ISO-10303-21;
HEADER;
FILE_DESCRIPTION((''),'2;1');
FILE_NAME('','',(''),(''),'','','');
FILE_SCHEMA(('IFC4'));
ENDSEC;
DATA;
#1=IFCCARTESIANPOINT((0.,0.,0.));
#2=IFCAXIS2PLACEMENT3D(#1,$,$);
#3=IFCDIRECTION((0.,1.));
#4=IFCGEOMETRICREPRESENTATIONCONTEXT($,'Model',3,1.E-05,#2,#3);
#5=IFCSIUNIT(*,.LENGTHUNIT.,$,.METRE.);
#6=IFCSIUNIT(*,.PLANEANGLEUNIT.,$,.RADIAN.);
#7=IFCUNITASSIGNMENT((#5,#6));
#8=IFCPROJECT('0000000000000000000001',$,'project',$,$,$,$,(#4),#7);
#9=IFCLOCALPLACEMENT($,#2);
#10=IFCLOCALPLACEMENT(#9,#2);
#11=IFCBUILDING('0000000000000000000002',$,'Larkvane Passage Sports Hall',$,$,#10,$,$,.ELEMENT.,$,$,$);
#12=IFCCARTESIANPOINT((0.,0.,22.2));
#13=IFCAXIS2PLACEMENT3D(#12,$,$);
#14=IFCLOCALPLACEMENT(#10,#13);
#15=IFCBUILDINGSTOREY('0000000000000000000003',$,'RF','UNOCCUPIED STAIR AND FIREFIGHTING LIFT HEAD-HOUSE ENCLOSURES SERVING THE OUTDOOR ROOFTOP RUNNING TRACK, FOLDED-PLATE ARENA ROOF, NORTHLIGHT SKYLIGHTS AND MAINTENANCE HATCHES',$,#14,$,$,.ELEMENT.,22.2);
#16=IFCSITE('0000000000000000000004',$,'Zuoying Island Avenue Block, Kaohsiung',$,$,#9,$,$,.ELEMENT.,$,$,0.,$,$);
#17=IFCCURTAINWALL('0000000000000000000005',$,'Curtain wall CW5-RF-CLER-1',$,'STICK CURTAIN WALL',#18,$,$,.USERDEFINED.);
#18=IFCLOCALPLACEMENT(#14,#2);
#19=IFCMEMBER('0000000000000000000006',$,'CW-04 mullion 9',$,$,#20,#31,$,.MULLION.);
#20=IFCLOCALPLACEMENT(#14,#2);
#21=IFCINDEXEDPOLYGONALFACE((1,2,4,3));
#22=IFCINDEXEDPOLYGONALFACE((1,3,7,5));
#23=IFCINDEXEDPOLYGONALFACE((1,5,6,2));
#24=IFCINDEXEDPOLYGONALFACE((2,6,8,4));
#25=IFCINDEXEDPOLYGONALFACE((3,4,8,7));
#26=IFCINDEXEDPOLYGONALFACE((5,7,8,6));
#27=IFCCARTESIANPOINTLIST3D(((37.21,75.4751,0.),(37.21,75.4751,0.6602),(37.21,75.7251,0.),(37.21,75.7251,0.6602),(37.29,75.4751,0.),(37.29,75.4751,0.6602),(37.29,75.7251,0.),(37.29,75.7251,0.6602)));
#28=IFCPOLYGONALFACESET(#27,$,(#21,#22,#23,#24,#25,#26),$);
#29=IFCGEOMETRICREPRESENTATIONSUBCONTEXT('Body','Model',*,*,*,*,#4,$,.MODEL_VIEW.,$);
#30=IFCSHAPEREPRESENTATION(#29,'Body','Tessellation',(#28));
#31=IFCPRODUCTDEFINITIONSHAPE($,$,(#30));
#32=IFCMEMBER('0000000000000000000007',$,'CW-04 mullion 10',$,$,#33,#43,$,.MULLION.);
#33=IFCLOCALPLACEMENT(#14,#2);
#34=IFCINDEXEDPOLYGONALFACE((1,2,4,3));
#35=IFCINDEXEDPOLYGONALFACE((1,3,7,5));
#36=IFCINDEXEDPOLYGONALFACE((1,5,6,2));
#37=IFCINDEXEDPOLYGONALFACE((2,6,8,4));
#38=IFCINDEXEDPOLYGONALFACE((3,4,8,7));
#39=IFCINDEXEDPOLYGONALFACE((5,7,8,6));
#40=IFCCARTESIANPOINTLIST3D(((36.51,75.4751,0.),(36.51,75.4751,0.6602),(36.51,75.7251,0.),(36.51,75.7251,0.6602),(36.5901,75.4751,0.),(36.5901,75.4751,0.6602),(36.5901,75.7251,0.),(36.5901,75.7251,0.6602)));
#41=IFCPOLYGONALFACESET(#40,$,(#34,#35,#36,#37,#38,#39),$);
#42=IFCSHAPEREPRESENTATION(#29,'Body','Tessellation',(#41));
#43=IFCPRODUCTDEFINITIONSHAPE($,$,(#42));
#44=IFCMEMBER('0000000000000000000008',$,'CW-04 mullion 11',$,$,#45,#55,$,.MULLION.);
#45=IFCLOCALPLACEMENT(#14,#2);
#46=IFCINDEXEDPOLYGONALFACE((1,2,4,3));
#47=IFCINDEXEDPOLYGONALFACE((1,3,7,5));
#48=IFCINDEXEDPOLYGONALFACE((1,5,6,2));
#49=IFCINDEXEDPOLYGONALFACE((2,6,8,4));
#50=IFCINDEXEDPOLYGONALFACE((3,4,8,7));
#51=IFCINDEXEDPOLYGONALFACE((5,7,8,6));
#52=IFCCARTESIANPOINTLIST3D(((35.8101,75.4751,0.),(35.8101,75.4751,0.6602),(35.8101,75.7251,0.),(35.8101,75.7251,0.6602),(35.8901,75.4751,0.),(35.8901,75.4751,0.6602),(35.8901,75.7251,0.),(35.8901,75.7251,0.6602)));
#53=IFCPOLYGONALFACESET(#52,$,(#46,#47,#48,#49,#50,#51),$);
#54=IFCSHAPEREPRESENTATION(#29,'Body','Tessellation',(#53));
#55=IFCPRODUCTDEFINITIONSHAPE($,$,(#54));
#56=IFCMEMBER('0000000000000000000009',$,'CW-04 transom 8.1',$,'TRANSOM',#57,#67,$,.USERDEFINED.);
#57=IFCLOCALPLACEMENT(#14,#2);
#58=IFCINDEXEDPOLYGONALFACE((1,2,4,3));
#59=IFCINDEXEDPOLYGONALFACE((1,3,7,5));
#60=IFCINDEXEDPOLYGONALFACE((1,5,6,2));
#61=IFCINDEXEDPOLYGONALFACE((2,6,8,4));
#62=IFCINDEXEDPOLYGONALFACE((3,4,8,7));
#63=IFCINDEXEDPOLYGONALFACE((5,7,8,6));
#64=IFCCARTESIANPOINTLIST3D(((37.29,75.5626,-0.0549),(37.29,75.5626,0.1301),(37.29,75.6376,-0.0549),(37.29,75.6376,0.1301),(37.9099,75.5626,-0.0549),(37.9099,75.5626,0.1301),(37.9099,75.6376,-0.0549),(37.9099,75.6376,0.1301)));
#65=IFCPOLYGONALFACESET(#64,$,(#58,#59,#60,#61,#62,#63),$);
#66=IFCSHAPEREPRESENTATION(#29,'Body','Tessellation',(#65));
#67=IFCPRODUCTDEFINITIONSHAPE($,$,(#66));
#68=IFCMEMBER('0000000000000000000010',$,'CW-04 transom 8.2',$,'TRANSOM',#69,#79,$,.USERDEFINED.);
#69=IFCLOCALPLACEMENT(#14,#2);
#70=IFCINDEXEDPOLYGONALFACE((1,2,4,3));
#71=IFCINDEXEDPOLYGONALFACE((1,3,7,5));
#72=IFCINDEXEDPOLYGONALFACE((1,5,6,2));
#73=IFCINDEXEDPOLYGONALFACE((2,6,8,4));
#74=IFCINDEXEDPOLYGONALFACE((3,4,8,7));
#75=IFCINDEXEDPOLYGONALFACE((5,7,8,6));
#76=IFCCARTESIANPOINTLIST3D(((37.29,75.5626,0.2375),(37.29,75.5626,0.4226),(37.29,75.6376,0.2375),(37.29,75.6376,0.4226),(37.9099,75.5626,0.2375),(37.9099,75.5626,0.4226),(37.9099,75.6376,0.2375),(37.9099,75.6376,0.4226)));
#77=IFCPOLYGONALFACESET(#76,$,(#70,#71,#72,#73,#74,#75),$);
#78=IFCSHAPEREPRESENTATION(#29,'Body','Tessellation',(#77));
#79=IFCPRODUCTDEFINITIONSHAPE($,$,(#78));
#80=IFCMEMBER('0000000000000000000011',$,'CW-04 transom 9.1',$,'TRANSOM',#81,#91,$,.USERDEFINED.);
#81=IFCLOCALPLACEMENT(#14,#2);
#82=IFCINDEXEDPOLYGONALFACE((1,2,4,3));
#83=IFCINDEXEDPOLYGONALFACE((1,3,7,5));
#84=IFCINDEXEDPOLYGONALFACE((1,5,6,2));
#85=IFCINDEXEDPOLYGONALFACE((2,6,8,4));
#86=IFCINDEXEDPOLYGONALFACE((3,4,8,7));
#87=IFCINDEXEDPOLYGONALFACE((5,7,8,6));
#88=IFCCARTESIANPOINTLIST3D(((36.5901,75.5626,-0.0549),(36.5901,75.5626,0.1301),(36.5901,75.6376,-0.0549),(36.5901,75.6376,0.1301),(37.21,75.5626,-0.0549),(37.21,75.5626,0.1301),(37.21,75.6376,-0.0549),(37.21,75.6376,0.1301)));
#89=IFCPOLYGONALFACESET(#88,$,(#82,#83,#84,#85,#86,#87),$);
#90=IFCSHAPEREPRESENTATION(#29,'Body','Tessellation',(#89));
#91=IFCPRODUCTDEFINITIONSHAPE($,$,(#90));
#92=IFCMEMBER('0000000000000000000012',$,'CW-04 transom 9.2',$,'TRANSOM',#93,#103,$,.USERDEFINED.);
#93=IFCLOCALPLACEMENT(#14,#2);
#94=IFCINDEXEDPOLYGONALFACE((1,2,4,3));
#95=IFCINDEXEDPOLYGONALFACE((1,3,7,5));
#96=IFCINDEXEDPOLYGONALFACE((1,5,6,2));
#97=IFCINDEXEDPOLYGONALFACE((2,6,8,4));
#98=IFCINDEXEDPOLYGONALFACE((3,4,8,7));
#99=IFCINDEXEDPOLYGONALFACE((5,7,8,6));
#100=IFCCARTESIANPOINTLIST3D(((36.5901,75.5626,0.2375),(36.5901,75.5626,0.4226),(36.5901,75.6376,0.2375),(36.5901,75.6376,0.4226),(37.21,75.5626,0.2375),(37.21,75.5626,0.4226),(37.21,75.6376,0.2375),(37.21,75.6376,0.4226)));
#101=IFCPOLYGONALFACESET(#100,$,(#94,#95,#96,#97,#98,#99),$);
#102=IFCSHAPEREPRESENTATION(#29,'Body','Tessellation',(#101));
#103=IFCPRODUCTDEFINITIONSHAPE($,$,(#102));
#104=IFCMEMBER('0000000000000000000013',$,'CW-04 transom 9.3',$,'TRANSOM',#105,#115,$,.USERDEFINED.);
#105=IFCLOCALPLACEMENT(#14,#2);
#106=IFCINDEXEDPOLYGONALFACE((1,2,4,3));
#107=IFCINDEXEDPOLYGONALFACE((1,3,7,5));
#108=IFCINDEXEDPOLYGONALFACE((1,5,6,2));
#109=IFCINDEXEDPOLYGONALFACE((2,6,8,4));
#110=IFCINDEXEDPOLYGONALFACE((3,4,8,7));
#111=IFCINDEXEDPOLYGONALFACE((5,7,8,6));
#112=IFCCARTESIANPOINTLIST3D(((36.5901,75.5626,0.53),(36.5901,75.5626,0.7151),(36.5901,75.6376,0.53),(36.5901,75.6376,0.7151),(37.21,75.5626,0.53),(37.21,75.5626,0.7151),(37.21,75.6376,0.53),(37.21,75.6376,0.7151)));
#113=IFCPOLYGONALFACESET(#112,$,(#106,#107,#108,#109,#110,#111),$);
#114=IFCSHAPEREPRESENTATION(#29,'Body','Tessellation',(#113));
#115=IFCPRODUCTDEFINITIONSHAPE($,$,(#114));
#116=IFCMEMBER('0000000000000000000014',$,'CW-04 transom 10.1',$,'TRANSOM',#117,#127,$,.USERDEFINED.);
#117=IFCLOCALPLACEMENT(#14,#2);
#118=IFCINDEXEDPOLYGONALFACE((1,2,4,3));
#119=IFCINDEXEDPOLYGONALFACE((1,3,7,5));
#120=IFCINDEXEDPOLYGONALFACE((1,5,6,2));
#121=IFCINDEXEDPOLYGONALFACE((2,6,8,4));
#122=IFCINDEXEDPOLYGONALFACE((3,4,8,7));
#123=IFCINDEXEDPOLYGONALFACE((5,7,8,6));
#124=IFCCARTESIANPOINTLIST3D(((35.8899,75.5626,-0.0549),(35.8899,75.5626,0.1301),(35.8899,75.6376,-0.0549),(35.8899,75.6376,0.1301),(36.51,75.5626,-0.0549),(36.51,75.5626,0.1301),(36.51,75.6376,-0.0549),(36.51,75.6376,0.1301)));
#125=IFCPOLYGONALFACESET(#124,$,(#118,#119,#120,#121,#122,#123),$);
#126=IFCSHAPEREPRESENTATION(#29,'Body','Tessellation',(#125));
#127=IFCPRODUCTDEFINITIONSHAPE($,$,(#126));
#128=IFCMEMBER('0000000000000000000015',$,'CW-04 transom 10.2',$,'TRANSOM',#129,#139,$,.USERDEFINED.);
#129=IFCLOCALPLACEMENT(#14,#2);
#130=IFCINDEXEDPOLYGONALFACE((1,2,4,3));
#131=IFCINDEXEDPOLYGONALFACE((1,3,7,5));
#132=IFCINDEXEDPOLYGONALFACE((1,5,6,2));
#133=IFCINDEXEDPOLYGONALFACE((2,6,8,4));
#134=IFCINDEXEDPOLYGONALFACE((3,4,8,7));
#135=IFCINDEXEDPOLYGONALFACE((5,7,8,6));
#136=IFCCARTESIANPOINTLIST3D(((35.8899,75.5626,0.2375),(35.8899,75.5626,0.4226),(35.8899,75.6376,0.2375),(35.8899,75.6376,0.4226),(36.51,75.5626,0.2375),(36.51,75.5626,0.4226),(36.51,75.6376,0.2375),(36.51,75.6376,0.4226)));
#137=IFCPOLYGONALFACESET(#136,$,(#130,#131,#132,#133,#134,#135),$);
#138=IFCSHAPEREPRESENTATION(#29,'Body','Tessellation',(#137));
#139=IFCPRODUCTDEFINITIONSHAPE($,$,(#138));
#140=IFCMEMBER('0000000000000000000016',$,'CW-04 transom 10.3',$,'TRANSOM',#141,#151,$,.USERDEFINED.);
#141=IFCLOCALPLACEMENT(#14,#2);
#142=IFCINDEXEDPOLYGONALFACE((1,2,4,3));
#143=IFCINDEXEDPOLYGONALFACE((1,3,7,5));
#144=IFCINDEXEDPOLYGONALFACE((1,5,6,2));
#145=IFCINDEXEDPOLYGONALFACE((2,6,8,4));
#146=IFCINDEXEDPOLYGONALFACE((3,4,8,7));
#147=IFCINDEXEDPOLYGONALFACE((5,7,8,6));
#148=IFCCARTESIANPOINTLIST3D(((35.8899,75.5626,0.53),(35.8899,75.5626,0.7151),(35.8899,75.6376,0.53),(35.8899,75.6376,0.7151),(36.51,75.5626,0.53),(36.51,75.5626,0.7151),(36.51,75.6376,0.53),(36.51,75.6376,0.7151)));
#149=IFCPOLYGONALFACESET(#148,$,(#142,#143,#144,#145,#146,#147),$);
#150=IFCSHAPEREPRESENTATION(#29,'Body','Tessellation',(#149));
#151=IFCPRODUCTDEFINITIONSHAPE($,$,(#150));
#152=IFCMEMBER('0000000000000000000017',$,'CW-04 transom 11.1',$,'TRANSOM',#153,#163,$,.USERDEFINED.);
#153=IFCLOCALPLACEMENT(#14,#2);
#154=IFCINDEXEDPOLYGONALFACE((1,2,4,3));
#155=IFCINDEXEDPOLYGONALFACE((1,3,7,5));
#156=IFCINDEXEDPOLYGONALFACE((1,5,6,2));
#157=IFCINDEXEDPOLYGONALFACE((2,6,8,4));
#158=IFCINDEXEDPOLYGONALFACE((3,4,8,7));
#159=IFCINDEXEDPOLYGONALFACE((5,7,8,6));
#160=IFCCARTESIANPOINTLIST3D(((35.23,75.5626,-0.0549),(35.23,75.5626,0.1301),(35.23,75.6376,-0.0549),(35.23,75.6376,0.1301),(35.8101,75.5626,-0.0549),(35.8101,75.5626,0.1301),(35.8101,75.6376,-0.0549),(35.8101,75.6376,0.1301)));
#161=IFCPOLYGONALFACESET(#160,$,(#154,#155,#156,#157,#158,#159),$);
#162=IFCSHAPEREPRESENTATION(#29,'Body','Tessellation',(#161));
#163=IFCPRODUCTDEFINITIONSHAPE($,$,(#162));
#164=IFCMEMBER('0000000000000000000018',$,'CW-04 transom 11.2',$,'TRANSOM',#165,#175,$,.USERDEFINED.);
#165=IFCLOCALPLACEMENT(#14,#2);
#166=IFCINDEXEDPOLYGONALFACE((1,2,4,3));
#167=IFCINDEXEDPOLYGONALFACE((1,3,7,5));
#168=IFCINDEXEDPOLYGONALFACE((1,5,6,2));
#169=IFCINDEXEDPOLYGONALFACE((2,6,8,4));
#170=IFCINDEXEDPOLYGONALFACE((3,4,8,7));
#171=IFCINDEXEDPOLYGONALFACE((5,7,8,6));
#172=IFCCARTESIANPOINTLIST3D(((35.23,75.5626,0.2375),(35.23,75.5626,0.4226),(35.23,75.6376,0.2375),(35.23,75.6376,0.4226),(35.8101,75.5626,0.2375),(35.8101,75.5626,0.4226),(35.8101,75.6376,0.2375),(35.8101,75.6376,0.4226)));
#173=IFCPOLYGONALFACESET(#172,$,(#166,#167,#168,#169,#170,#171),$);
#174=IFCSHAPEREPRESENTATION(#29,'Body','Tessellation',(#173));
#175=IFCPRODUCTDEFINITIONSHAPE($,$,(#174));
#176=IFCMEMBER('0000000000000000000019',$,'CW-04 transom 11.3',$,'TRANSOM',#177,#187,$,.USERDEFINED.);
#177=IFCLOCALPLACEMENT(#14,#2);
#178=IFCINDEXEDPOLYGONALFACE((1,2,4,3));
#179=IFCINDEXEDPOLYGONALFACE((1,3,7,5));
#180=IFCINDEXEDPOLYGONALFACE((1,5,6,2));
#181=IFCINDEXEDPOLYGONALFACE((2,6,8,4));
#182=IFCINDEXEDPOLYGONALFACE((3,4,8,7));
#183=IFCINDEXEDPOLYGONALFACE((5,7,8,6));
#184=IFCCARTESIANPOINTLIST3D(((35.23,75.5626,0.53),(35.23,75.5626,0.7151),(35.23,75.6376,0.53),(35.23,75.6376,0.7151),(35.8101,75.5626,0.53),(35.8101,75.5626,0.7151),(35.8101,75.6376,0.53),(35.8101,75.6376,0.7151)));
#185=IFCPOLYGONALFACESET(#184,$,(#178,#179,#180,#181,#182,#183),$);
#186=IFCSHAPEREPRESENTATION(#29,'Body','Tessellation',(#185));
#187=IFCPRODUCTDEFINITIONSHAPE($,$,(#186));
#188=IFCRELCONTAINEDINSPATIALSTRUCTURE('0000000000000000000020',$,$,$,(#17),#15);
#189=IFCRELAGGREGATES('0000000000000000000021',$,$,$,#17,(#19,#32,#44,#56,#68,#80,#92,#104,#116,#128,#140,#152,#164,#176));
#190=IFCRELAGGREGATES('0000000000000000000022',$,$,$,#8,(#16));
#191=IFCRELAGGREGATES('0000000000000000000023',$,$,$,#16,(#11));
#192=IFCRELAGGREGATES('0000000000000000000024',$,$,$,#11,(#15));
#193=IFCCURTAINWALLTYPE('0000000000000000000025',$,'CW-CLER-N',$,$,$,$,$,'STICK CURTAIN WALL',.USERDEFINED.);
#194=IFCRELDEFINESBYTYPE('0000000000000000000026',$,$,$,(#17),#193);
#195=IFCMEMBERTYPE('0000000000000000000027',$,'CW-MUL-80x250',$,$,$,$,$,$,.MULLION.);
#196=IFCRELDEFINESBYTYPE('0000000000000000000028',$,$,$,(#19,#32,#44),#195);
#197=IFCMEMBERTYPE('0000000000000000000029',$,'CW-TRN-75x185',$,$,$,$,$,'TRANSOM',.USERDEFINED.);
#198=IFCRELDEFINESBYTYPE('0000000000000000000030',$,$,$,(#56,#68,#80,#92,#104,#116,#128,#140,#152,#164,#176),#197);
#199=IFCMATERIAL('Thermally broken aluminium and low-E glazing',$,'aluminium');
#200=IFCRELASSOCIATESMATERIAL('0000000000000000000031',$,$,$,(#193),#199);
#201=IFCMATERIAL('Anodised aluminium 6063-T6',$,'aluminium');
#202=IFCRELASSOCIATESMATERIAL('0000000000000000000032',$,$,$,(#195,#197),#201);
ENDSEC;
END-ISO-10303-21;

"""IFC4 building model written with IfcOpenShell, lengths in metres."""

from ifc_helpers import new_model, si_unit, direction, frame, origin, origin_2d, place, context, subcontext, project, spatial, rectangle, extrude, material, material_profile, profile_set, type_object, element, aggregate, save


model = new_model("IFC4")

# Units and contexts
model_context = context("Model", 3, precision=1e-05, world=origin(), true_north=direction((0.0, 1.0)))
body_context = subcontext(model_context, "Body", "Model", "MODEL_VIEW")
ifc_project = project(units=[si_unit("LENGTHUNIT", "METRE"), si_unit("PLANEANGLEUNIT", "RADIAN")], contexts=[model_context])

# Site, building, storey
site_placement = place(None, origin())
site = spatial("IfcSite", under=ifc_project, at=site_placement, Name="Zuoying Island Avenue Block, Kaohsiung", CompositionType="ELEMENT", RefElevation=0.0)
building_placement = place(site_placement, origin())
building = spatial("IfcBuilding", under=site, at=building_placement, Name="Larkvane Passage Sports Hall", CompositionType="ELEMENT")
storey_placement = place(building_placement, frame((0.0, 0.0, 22.2)))
storey = spatial("IfcBuildingStorey", under=building, at=storey_placement, Name="RF", Description="UNOCCUPIED STAIR AND FIREFIGHTING LIFT HEAD-HOUSE ENCLOSURES SERVING THE OUTDOOR ROOFTOP RUNNING TRACK, FOLDED-PLATE ARENA ROOF, NORTHLIGHT SKYLIGHTS AND MAINTENANCE HATCHES", CompositionType="ELEMENT", Elevation=22.2)

# Curtain wall, members
ifc_material_1 = material(Name="Thermally broken aluminium and low-E glazing", Category="aluminium")
curtain_wall_type = type_object("IfcCurtainWallType", Name="CW-CLER-N", ElementType="STICK CURTAIN WALL", PredefinedType="USERDEFINED", material=ifc_material_1)
curtain_wall_placement = place(storey_placement, origin())
curtain_wall = element("IfcCurtainWall", 1, at=curtain_wall_placement, inside=storey, type_object=curtain_wall_type, Name="Curtain wall CW5-RF-CLER-1", ObjectType="STICK CURTAIN WALL", PredefinedType="USERDEFINED")
ifc_material_2 = material(Name="Anodised aluminium 6063-T6", Category="aluminium")
ifc_material_profile_1 = material_profile(ifc_material_2, rectangle(XDim=0.0801, YDim=0.25, at=origin_2d()), Name="ALU-MUL-80x250")
ifc_profile_set_1 = profile_set([ifc_material_profile_1], Name="Anodised aluminium 6063-T6")
member_type_1 = type_object("IfcMemberType", Name="CW-MUL-80x250", PredefinedType="MULLION", material=ifc_profile_set_1)
member_1_placement = place(storey_placement, frame((37.25, 75.6001, 0.0), z_axis=(0.0, 0.0, 1.0), x_axis=(-1.0, 0.0, 0.0)))
member_1 = element("IfcMember", 2, at=member_1_placement, type_object=member_type_1, Name="CW-04 mullion 9", PredefinedType="MULLION", context=body_context, shape_type="SweptSolid", body=[
    extrude(rectangle(XDim=0.0801, YDim=0.25, at=origin_2d()), origin(), (0.0, 0.0, 1.0), 0.6602),
])
member_2_placement = place(storey_placement, frame((36.55, 75.6001, 0.0), z_axis=(0.0, 0.0, 1.0), x_axis=(-1.0, 0.0, 0.0)))
member_2 = element("IfcMember", 3, at=member_2_placement, type_object=member_type_1, Name="CW-04 mullion 10", PredefinedType="MULLION", context=body_context, shape_type="SweptSolid", body=[
    extrude(rectangle(XDim=0.0801, YDim=0.25, at=origin_2d()), origin(), (0.0, 0.0, 1.0), 0.6602),
])
member_3_placement = place(storey_placement, frame((35.8501, 75.6001, 0.0), z_axis=(0.0, 0.0, 1.0), x_axis=(-1.0, 0.0, 0.0)))
member_3 = element("IfcMember", 4, at=member_3_placement, type_object=member_type_1, Name="CW-04 mullion 11", PredefinedType="MULLION", context=body_context, shape_type="SweptSolid", body=[
    extrude(rectangle(XDim=0.0801, YDim=0.25, at=origin_2d()), origin(), (0.0, 0.0, 1.0), 0.6602),
])
ifc_material_profile_2 = material_profile(ifc_material_2, rectangle(XDim=0.075, YDim=0.1851, at=origin_2d()), Name="ALU-TRN-75x185")
ifc_profile_set_2 = profile_set([ifc_material_profile_2], Name="Anodised aluminium 6063-T6")
member_type_2 = type_object("IfcMemberType", Name="CW-TRN-75x185", ElementType="TRANSOM", PredefinedType="USERDEFINED", material=ifc_profile_set_2)
member_4_placement = place(storey_placement, frame((37.9099, 75.6001, 0.0376), z_axis=(-1.0, 0.0, 0.0), x_axis=(0.0, -1.0, 0.0)))
member_4 = element("IfcMember", 5, at=member_4_placement, type_object=member_type_2, Name="CW-04 transom 8.1", ObjectType="TRANSOM", PredefinedType="USERDEFINED", context=body_context, shape_type="SweptSolid", body=[
    extrude(rectangle(XDim=0.075, YDim=0.1851, at=origin_2d()), origin(), (0.0, 0.0, 1.0), 0.6199),
])
member_5_placement = place(storey_placement, frame((37.9099, 75.6001, 0.3301), z_axis=(-1.0, 0.0, 0.0), x_axis=(0.0, -1.0, 0.0)))
member_5 = element("IfcMember", 6, at=member_5_placement, type_object=member_type_2, Name="CW-04 transom 8.2", ObjectType="TRANSOM", PredefinedType="USERDEFINED", context=body_context, shape_type="SweptSolid", body=[
    extrude(rectangle(XDim=0.075, YDim=0.1851, at=origin_2d()), origin(), (0.0, 0.0, 1.0), 0.6199),
])
member_6_placement = place(storey_placement, frame((37.21, 75.6001, 0.0376), z_axis=(-1.0, 0.0, 0.0), x_axis=(0.0, -1.0, 0.0)))
member_6 = element("IfcMember", 7, at=member_6_placement, type_object=member_type_2, Name="CW-04 transom 9.1", ObjectType="TRANSOM", PredefinedType="USERDEFINED", context=body_context, shape_type="SweptSolid", body=[
    extrude(rectangle(XDim=0.075, YDim=0.1851, at=origin_2d()), origin(), (0.0, 0.0, 1.0), 0.6199),
])
member_7_placement = place(storey_placement, frame((37.21, 75.6001, 0.3301), z_axis=(-1.0, 0.0, 0.0), x_axis=(0.0, -1.0, 0.0)))
member_7 = element("IfcMember", 8, at=member_7_placement, type_object=member_type_2, Name="CW-04 transom 9.2", ObjectType="TRANSOM", PredefinedType="USERDEFINED", context=body_context, shape_type="SweptSolid", body=[
    extrude(rectangle(XDim=0.075, YDim=0.1851, at=origin_2d()), origin(), (0.0, 0.0, 1.0), 0.6199),
])
member_8_placement = place(storey_placement, frame((37.21, 75.6001, 0.6226), z_axis=(-1.0, 0.0, 0.0), x_axis=(0.0, -1.0, 0.0)))
member_8 = element("IfcMember", 9, at=member_8_placement, type_object=member_type_2, Name="CW-04 transom 9.3", ObjectType="TRANSOM", PredefinedType="USERDEFINED", context=body_context, shape_type="SweptSolid", body=[
    extrude(rectangle(XDim=0.075, YDim=0.1851, at=origin_2d()), origin(), (0.0, 0.0, 1.0), 0.6199),
])
member_9_placement = place(storey_placement, frame((36.51, 75.6001, 0.0376), z_axis=(-1.0, 0.0, 0.0), x_axis=(0.0, -1.0, 0.0)))
member_9 = element("IfcMember", 10, at=member_9_placement, type_object=member_type_2, Name="CW-04 transom 10.1", ObjectType="TRANSOM", PredefinedType="USERDEFINED", context=body_context, shape_type="SweptSolid", body=[
    extrude(rectangle(XDim=0.075, YDim=0.1851, at=origin_2d()), origin(), (0.0, 0.0, 1.0), 0.6201),
])
member_10_placement = place(storey_placement, frame((36.51, 75.6001, 0.3301), z_axis=(-1.0, 0.0, 0.0), x_axis=(0.0, -1.0, 0.0)))
member_10 = element("IfcMember", 11, at=member_10_placement, type_object=member_type_2, Name="CW-04 transom 10.2", ObjectType="TRANSOM", PredefinedType="USERDEFINED", context=body_context, shape_type="SweptSolid", body=[
    extrude(rectangle(XDim=0.075, YDim=0.1851, at=origin_2d()), origin(), (0.0, 0.0, 1.0), 0.6201),
])
member_11_placement = place(storey_placement, frame((36.51, 75.6001, 0.6226), z_axis=(-1.0, 0.0, 0.0), x_axis=(0.0, -1.0, 0.0)))
member_11 = element("IfcMember", 12, at=member_11_placement, type_object=member_type_2, Name="CW-04 transom 10.3", ObjectType="TRANSOM", PredefinedType="USERDEFINED", context=body_context, shape_type="SweptSolid", body=[
    extrude(rectangle(XDim=0.075, YDim=0.1851, at=origin_2d()), origin(), (0.0, 0.0, 1.0), 0.6201),
])
member_12_placement = place(storey_placement, frame((35.8101, 75.6001, 0.0376), z_axis=(-1.0, 0.0, 0.0), x_axis=(0.0, -1.0, 0.0)))
member_12 = element("IfcMember", 13, at=member_12_placement, type_object=member_type_2, Name="CW-04 transom 11.1", ObjectType="TRANSOM", PredefinedType="USERDEFINED", context=body_context, shape_type="SweptSolid", body=[
    extrude(rectangle(XDim=0.075, YDim=0.1851, at=origin_2d()), origin(), (0.0, 0.0, 1.0), 0.5801),
])
member_13_placement = place(storey_placement, frame((35.8101, 75.6001, 0.3301), z_axis=(-1.0, 0.0, 0.0), x_axis=(0.0, -1.0, 0.0)))
member_13 = element("IfcMember", 14, at=member_13_placement, type_object=member_type_2, Name="CW-04 transom 11.2", ObjectType="TRANSOM", PredefinedType="USERDEFINED", context=body_context, shape_type="SweptSolid", body=[
    extrude(rectangle(XDim=0.075, YDim=0.1851, at=origin_2d()), origin(), (0.0, 0.0, 1.0), 0.5801),
])
member_14_placement = place(storey_placement, frame((35.8101, 75.6001, 0.6226), z_axis=(-1.0, 0.0, 0.0), x_axis=(0.0, -1.0, 0.0)))
member_14 = element("IfcMember", 15, at=member_14_placement, type_object=member_type_2, Name="CW-04 transom 11.3", ObjectType="TRANSOM", PredefinedType="USERDEFINED", context=body_context, shape_type="SweptSolid", body=[
    extrude(rectangle(XDim=0.075, YDim=0.1851, at=origin_2d()), origin(), (0.0, 0.0, 1.0), 0.5801),
])

aggregate(curtain_wall, [member_1, member_2, member_3, member_4, member_5, member_6, member_7, member_8, member_9, member_10, member_11, member_12, member_13, member_14])

save(model, "model.ifc")
